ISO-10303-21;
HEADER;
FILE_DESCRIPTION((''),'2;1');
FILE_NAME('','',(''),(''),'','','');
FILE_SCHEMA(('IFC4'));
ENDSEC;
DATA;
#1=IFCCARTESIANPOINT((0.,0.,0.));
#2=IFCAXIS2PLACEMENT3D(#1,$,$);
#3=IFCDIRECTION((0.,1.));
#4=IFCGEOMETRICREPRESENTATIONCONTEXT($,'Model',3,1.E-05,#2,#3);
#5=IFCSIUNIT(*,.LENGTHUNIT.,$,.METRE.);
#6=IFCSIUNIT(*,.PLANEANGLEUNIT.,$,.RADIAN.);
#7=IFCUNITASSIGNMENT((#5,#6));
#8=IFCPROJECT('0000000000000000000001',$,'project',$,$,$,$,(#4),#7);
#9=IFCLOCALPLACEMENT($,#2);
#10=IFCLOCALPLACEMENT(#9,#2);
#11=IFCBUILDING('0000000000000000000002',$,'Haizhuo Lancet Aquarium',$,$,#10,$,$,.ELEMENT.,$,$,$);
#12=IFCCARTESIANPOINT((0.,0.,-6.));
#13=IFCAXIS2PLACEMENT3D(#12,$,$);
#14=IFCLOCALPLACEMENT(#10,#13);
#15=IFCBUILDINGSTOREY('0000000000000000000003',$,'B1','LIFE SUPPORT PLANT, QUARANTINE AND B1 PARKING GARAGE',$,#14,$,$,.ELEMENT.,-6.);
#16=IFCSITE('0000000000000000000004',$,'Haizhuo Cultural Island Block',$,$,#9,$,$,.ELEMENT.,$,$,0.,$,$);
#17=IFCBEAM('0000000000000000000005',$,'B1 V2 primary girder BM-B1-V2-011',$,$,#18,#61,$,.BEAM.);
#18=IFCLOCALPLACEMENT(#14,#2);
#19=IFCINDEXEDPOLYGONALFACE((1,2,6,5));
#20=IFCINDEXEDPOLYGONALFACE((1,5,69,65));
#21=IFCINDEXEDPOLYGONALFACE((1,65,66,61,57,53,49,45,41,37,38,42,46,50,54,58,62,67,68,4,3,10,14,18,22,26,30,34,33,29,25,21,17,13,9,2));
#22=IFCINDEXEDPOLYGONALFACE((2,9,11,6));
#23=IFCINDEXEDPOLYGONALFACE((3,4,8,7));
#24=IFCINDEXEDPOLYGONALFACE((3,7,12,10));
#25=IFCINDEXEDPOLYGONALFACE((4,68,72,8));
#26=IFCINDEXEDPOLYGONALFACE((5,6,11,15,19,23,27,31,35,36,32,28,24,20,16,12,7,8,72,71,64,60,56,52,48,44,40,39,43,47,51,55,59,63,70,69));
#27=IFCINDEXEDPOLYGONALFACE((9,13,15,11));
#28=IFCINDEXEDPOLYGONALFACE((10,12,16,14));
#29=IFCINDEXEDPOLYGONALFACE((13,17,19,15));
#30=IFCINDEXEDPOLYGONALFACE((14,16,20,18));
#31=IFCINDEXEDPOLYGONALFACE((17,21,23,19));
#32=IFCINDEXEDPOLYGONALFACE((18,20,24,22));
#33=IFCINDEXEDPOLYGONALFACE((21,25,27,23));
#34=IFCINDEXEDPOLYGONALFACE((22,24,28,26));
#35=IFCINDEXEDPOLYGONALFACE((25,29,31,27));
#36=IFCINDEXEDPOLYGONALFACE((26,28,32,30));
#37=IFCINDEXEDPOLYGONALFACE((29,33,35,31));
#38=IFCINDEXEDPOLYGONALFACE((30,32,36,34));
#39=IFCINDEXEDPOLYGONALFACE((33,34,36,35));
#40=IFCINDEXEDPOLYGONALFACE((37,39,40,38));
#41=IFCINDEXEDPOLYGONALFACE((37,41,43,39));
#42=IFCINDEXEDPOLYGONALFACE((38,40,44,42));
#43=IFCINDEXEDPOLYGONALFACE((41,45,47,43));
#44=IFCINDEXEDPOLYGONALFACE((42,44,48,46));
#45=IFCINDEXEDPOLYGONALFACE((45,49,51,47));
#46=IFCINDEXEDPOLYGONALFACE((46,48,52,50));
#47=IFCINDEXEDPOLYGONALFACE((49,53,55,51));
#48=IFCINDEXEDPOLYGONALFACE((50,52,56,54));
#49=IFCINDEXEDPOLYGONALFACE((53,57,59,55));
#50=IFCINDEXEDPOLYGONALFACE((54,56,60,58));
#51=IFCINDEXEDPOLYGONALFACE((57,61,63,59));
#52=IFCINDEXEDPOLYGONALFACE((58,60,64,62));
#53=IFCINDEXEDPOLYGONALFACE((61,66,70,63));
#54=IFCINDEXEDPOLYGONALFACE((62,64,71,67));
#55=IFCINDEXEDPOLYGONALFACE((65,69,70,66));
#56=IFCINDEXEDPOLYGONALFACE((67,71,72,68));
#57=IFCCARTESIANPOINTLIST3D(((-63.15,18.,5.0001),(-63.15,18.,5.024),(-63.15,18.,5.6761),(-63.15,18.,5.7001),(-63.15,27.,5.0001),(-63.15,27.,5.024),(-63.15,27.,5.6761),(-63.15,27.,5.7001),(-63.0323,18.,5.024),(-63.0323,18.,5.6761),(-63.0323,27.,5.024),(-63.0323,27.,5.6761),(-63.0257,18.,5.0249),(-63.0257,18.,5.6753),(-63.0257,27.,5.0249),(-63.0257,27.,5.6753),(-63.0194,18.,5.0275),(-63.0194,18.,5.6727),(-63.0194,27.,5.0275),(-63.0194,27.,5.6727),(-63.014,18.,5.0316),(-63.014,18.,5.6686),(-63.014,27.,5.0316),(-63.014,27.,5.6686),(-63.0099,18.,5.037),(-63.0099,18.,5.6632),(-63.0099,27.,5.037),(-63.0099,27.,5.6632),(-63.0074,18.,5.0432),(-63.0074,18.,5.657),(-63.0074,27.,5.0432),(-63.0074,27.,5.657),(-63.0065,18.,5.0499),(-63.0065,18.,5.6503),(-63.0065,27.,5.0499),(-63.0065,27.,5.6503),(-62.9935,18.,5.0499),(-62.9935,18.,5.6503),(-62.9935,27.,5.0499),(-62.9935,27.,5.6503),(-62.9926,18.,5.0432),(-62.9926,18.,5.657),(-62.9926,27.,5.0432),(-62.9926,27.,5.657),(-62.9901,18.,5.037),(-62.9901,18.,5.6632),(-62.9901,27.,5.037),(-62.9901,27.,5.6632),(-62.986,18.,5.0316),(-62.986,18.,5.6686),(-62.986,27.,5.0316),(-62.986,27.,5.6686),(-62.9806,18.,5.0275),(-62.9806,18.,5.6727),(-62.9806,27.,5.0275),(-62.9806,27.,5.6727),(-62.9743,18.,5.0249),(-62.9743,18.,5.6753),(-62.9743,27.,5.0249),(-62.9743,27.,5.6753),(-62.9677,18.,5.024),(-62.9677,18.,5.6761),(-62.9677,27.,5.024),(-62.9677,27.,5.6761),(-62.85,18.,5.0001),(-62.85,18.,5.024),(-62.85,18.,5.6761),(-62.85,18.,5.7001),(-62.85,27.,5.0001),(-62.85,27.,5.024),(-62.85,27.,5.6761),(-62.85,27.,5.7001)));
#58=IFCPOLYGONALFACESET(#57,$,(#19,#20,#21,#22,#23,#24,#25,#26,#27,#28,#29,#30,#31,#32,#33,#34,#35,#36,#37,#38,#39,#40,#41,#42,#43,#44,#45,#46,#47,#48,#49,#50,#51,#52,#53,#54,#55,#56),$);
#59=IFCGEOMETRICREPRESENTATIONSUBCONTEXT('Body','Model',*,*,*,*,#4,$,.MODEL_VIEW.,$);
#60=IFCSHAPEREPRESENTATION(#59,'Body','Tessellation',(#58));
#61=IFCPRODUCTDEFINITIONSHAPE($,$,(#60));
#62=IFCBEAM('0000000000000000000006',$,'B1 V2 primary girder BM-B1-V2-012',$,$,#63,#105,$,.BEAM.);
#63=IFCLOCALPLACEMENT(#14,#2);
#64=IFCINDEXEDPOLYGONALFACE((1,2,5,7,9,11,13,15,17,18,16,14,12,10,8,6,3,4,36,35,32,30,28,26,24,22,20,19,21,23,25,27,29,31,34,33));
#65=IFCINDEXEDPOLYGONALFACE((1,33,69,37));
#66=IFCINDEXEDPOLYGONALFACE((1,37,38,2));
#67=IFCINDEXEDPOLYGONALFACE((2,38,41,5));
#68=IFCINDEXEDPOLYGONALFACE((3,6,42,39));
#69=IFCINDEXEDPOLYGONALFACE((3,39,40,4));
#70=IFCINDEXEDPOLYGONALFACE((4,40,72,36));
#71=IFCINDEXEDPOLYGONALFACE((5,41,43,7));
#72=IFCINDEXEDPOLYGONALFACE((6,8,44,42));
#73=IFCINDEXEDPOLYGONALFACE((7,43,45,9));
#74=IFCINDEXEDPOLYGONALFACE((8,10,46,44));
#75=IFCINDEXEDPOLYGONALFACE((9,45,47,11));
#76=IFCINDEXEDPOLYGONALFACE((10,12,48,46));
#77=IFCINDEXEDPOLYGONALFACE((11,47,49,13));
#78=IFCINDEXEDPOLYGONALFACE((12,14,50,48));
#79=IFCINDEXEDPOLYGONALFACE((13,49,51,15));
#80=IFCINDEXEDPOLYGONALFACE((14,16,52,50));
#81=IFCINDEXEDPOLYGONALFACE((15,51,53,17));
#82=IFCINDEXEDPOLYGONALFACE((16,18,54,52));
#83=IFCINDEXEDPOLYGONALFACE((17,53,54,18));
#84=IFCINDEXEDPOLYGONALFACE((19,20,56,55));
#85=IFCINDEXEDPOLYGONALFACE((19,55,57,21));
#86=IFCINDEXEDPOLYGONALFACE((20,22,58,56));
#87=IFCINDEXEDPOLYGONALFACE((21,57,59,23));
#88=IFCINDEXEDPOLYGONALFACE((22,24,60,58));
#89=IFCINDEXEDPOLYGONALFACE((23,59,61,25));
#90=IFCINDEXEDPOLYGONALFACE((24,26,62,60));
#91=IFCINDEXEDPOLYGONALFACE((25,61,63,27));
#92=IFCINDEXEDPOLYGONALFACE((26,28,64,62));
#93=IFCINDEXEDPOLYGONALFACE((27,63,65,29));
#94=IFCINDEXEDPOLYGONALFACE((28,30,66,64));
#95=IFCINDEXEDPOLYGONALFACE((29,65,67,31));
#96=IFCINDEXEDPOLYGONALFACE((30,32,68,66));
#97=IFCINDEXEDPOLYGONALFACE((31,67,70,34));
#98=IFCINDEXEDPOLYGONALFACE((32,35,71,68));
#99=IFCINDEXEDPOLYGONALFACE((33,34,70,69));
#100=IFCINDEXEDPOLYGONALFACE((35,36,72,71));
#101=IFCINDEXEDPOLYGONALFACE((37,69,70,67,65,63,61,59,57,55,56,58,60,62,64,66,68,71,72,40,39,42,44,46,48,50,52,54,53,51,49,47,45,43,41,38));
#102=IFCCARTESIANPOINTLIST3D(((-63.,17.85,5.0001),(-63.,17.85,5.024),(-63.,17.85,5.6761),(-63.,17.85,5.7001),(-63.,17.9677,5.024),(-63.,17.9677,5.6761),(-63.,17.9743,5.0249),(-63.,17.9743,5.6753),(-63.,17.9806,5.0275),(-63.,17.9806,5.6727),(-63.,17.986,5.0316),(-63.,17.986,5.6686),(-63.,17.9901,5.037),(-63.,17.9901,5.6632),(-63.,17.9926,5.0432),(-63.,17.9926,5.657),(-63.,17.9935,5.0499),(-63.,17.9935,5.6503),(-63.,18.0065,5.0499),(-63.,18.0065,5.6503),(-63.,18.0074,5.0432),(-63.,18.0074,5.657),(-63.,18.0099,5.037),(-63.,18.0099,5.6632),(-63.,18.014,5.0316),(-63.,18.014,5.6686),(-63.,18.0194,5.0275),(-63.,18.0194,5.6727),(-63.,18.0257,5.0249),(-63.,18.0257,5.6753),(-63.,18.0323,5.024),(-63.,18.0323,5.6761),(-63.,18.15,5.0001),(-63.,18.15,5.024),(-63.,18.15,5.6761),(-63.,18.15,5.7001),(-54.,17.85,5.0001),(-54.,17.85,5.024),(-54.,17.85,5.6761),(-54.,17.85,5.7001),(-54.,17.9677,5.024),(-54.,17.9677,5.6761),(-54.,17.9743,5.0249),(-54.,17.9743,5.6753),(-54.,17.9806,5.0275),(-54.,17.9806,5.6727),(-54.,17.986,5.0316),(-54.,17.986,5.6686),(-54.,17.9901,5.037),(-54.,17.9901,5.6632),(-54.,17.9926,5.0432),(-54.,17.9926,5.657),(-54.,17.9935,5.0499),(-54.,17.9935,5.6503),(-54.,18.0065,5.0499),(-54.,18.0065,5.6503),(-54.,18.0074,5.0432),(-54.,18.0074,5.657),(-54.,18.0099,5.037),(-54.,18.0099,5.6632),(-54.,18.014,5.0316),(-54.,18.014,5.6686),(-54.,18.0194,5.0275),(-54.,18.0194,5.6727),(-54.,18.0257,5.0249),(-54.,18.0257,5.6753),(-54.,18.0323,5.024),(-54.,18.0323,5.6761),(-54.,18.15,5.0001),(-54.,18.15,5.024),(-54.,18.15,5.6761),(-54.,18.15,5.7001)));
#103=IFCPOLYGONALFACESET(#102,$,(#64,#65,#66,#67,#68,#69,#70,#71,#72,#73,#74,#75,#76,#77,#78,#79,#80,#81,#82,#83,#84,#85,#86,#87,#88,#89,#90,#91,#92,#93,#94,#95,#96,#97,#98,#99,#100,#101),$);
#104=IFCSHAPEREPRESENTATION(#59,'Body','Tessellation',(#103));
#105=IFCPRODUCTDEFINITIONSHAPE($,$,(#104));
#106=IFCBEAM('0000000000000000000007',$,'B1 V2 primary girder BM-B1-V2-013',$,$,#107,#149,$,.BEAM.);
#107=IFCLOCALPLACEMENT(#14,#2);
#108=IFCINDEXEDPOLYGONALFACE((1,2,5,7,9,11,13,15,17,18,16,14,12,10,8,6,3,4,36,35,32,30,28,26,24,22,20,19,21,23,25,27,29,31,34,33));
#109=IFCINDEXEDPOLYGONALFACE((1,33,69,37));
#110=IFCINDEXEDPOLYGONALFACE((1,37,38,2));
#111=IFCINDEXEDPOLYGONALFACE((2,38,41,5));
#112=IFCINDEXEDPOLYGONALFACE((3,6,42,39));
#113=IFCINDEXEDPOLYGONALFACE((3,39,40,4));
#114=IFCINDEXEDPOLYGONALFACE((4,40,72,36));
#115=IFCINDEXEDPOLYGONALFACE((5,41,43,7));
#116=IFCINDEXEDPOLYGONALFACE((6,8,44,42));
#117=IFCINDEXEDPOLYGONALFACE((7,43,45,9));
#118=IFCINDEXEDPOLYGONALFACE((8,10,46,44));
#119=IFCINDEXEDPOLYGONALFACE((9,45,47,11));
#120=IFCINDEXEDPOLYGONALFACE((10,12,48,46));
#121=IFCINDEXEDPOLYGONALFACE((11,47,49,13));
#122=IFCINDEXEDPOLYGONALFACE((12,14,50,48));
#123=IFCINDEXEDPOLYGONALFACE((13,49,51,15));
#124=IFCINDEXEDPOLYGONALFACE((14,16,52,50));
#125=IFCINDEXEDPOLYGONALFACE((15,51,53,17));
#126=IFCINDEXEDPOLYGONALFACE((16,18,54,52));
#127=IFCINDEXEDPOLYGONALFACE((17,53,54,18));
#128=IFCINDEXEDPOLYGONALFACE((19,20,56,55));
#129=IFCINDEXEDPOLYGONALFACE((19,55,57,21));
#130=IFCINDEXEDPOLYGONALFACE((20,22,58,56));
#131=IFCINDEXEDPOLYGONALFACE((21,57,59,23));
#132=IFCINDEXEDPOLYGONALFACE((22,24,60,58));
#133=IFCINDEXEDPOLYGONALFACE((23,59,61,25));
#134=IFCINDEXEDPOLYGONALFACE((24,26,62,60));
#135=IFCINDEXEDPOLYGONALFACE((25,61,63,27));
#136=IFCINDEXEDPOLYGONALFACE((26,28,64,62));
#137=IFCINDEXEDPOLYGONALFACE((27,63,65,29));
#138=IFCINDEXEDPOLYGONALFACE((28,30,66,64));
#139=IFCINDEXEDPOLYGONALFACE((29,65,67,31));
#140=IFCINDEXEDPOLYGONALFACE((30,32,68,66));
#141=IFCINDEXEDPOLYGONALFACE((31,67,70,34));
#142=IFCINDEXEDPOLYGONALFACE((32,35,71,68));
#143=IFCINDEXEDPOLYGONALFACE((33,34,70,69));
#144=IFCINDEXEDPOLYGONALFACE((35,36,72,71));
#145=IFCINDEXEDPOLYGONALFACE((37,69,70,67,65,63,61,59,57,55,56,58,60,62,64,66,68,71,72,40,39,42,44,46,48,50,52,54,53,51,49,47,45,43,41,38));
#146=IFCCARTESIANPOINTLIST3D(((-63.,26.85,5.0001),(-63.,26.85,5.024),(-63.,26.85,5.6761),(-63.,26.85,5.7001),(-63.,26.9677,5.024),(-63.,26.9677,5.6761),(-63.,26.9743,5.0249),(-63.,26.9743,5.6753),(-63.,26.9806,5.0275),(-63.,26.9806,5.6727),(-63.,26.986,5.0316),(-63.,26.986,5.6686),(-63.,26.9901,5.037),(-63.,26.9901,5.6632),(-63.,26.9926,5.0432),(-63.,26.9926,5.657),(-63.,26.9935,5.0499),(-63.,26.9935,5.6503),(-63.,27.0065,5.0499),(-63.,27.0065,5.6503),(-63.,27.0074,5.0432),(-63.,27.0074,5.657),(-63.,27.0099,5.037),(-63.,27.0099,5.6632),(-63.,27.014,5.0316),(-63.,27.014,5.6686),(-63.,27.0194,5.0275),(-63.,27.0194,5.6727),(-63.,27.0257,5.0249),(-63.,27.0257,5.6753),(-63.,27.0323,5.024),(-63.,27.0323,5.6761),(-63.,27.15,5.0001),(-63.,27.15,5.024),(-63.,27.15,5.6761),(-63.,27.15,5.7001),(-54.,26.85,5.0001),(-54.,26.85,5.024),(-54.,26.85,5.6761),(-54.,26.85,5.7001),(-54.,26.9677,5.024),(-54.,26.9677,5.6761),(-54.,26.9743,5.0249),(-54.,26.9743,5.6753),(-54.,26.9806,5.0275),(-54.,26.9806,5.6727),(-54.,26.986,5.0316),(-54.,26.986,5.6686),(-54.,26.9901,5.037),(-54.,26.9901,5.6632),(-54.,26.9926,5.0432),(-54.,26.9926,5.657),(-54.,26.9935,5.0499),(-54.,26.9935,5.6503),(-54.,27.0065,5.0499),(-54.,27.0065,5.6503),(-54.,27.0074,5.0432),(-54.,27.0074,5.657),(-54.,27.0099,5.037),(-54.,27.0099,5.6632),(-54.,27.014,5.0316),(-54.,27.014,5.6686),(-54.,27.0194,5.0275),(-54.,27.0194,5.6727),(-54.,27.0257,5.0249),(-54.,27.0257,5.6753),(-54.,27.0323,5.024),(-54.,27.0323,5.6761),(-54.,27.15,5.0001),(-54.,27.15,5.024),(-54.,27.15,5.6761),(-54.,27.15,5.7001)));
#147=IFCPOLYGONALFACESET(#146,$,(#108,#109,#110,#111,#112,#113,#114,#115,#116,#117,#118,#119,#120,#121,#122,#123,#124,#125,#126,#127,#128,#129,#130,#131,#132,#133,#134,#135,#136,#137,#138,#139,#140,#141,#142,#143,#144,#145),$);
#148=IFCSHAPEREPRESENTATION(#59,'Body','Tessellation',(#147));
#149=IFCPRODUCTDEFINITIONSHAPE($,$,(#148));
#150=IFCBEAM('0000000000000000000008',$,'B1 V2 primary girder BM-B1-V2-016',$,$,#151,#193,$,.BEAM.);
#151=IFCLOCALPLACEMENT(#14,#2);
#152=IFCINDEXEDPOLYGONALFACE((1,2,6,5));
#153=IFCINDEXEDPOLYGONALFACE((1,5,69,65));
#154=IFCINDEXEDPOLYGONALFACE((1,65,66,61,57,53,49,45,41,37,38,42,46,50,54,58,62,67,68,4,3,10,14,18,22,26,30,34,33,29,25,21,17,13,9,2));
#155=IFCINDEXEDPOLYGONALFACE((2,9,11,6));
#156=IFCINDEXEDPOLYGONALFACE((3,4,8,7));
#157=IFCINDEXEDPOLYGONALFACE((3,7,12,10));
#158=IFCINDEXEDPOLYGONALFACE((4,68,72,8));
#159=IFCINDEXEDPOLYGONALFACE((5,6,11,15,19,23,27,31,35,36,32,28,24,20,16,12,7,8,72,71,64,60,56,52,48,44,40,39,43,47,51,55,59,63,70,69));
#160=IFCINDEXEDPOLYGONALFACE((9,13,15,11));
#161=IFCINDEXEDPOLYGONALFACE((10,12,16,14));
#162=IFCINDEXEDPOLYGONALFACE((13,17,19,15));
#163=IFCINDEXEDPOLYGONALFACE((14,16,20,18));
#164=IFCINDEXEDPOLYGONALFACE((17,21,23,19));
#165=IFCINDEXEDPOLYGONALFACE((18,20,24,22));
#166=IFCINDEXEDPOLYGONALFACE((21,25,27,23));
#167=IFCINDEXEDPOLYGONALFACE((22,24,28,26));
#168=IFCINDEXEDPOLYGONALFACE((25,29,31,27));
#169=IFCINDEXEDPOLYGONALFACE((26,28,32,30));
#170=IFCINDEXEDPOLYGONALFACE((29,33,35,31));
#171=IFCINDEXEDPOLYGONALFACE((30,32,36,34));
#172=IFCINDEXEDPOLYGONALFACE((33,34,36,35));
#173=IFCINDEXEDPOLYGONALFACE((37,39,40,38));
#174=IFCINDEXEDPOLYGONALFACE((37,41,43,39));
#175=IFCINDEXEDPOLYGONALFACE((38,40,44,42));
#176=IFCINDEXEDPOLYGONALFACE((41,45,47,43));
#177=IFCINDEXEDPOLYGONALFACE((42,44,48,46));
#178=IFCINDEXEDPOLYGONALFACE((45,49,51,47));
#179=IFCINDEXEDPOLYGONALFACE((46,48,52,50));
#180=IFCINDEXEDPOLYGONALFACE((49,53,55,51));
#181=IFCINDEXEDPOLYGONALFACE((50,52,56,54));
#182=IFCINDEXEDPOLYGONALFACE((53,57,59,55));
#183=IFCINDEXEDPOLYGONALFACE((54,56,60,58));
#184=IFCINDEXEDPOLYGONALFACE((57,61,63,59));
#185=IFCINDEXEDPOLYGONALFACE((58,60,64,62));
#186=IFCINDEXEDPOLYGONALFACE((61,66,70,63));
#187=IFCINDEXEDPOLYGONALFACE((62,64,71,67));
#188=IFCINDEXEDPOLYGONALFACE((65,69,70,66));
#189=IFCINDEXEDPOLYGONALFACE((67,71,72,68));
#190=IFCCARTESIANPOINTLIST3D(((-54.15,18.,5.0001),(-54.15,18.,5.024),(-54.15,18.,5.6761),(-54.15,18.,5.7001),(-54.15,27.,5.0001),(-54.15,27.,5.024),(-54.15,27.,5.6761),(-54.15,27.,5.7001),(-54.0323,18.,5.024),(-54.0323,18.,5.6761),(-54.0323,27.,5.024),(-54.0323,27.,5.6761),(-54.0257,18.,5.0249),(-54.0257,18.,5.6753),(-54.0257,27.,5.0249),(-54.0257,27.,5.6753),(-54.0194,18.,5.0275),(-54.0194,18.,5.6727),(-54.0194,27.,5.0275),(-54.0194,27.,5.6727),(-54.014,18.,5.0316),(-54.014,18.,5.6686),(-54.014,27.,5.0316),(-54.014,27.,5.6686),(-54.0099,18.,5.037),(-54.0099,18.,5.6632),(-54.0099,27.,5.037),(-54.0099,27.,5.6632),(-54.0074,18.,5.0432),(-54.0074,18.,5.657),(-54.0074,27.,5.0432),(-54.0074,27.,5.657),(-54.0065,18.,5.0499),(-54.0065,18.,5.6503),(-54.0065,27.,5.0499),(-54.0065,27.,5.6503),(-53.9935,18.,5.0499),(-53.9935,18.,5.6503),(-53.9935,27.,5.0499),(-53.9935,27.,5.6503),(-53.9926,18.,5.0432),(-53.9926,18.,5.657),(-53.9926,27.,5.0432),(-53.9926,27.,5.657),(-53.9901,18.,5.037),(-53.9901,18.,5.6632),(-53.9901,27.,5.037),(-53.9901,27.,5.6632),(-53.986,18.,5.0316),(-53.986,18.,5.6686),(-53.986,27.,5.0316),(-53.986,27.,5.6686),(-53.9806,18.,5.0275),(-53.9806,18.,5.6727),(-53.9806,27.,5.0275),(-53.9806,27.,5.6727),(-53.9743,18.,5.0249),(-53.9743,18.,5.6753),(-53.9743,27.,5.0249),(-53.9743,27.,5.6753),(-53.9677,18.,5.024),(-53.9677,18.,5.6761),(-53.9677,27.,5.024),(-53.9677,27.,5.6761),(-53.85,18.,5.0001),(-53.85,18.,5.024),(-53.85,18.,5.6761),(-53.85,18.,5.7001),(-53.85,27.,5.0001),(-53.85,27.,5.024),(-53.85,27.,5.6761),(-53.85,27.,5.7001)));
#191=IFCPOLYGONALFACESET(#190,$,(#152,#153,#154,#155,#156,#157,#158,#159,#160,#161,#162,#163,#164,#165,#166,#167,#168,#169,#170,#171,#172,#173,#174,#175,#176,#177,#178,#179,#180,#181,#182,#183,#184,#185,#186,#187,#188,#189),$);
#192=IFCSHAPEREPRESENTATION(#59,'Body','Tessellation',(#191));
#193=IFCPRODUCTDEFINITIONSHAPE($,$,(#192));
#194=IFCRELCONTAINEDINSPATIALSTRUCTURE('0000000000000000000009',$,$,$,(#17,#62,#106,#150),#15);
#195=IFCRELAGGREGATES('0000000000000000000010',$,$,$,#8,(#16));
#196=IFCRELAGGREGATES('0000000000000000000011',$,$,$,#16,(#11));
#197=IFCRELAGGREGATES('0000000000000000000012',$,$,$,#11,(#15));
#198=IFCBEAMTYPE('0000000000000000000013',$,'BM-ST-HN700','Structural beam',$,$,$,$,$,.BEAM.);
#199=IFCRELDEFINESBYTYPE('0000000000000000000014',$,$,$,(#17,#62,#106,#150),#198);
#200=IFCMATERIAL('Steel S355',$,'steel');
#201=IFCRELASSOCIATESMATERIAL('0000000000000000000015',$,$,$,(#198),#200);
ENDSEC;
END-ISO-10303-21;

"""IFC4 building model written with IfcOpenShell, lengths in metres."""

from ifc_helpers import new_model, si_unit, direction, frame, origin, origin_2d, place, context, subcontext, project, spatial, i_section, extrude, material, material_profile, profile_set, type_object, element, save


model = new_model("IFC4")

# Units and contexts
model_context = context("Model", 3, precision=1e-05, world=origin(), true_north=direction((0.0, 1.0)))
body_context = subcontext(model_context, "Body", "Model", "MODEL_VIEW")
ifc_project = project(units=[si_unit("LENGTHUNIT", "METRE"), si_unit("PLANEANGLEUNIT", "RADIAN")], contexts=[model_context])

# Site, building, storey
site_placement = place(None, origin())
site = spatial("IfcSite", under=ifc_project, at=site_placement, Name="Haizhuo Cultural Island Block", CompositionType="ELEMENT", RefElevation=0.0)
building_placement = place(site_placement, origin())
building = spatial("IfcBuilding", under=site, at=building_placement, Name="Haizhuo Lancet Aquarium", CompositionType="ELEMENT")
storey_placement = place(building_placement, frame((0.0, 0.0, -6.0)))
storey = spatial("IfcBuildingStorey", under=building, at=storey_placement, Name="B1", Description="LIFE SUPPORT PLANT, QUARANTINE AND B1 PARKING GARAGE", CompositionType="ELEMENT", Elevation=-6.0)

# Beams
ifc_material_1 = material(Name="Steel S355", Category="steel")
ifc_material_profile_1 = material_profile(ifc_material_1, i_section(OverallWidth=0.3, OverallDepth=0.7, WebThickness=0.0129, FlangeThickness=0.0239, FilletRadius=0.0259, at=origin_2d()), Name="HN 700x300x13x24")
ifc_profile_set_1 = profile_set([ifc_material_profile_1], Name="Steel S355")
beam_type_1 = type_object("IfcBeamType", Name="BM-ST-HN700", Description="Structural beam", PredefinedType="BEAM", material=ifc_profile_set_1)
for number, where, z_axis, x_axis, name in (
    (1, (-63.0, 18.0, 5.3501), (0.0, 1.0, 0.0), (-1.0, 0.0, 0.0), "B1 V2 primary girder BM-B1-V2-011"),
    (2, (-63.0, 18.0, 5.3501), (1.0, 0.0, 0.0), (0.0, 1.0, 0.0), "B1 V2 primary girder BM-B1-V2-012"),
    (3, (-63.0, 27.0, 5.3501), (1.0, 0.0, 0.0), (0.0, 1.0, 0.0), "B1 V2 primary girder BM-B1-V2-013"),
    (4, (-54.0, 18.0, 5.3501), (0.0, 1.0, 0.0), (-1.0, 0.0, 0.0), "B1 V2 primary girder BM-B1-V2-016"),
):
    element("IfcBeam", number, at=place(storey_placement, frame(where, z_axis=z_axis, x_axis=x_axis)), inside=storey, type_object=beam_type_1, Name=name, PredefinedType="BEAM", context=body_context, shape_type="SweptSolid", body=[
        extrude(i_section(OverallWidth=0.3, OverallDepth=0.7, WebThickness=0.0129, FlangeThickness=0.0239, FilletRadius=0.0259, at=origin_2d()), origin(), (0.0, 0.0, 1.0), 9.0),
    ])

save(model, "model.ifc")
